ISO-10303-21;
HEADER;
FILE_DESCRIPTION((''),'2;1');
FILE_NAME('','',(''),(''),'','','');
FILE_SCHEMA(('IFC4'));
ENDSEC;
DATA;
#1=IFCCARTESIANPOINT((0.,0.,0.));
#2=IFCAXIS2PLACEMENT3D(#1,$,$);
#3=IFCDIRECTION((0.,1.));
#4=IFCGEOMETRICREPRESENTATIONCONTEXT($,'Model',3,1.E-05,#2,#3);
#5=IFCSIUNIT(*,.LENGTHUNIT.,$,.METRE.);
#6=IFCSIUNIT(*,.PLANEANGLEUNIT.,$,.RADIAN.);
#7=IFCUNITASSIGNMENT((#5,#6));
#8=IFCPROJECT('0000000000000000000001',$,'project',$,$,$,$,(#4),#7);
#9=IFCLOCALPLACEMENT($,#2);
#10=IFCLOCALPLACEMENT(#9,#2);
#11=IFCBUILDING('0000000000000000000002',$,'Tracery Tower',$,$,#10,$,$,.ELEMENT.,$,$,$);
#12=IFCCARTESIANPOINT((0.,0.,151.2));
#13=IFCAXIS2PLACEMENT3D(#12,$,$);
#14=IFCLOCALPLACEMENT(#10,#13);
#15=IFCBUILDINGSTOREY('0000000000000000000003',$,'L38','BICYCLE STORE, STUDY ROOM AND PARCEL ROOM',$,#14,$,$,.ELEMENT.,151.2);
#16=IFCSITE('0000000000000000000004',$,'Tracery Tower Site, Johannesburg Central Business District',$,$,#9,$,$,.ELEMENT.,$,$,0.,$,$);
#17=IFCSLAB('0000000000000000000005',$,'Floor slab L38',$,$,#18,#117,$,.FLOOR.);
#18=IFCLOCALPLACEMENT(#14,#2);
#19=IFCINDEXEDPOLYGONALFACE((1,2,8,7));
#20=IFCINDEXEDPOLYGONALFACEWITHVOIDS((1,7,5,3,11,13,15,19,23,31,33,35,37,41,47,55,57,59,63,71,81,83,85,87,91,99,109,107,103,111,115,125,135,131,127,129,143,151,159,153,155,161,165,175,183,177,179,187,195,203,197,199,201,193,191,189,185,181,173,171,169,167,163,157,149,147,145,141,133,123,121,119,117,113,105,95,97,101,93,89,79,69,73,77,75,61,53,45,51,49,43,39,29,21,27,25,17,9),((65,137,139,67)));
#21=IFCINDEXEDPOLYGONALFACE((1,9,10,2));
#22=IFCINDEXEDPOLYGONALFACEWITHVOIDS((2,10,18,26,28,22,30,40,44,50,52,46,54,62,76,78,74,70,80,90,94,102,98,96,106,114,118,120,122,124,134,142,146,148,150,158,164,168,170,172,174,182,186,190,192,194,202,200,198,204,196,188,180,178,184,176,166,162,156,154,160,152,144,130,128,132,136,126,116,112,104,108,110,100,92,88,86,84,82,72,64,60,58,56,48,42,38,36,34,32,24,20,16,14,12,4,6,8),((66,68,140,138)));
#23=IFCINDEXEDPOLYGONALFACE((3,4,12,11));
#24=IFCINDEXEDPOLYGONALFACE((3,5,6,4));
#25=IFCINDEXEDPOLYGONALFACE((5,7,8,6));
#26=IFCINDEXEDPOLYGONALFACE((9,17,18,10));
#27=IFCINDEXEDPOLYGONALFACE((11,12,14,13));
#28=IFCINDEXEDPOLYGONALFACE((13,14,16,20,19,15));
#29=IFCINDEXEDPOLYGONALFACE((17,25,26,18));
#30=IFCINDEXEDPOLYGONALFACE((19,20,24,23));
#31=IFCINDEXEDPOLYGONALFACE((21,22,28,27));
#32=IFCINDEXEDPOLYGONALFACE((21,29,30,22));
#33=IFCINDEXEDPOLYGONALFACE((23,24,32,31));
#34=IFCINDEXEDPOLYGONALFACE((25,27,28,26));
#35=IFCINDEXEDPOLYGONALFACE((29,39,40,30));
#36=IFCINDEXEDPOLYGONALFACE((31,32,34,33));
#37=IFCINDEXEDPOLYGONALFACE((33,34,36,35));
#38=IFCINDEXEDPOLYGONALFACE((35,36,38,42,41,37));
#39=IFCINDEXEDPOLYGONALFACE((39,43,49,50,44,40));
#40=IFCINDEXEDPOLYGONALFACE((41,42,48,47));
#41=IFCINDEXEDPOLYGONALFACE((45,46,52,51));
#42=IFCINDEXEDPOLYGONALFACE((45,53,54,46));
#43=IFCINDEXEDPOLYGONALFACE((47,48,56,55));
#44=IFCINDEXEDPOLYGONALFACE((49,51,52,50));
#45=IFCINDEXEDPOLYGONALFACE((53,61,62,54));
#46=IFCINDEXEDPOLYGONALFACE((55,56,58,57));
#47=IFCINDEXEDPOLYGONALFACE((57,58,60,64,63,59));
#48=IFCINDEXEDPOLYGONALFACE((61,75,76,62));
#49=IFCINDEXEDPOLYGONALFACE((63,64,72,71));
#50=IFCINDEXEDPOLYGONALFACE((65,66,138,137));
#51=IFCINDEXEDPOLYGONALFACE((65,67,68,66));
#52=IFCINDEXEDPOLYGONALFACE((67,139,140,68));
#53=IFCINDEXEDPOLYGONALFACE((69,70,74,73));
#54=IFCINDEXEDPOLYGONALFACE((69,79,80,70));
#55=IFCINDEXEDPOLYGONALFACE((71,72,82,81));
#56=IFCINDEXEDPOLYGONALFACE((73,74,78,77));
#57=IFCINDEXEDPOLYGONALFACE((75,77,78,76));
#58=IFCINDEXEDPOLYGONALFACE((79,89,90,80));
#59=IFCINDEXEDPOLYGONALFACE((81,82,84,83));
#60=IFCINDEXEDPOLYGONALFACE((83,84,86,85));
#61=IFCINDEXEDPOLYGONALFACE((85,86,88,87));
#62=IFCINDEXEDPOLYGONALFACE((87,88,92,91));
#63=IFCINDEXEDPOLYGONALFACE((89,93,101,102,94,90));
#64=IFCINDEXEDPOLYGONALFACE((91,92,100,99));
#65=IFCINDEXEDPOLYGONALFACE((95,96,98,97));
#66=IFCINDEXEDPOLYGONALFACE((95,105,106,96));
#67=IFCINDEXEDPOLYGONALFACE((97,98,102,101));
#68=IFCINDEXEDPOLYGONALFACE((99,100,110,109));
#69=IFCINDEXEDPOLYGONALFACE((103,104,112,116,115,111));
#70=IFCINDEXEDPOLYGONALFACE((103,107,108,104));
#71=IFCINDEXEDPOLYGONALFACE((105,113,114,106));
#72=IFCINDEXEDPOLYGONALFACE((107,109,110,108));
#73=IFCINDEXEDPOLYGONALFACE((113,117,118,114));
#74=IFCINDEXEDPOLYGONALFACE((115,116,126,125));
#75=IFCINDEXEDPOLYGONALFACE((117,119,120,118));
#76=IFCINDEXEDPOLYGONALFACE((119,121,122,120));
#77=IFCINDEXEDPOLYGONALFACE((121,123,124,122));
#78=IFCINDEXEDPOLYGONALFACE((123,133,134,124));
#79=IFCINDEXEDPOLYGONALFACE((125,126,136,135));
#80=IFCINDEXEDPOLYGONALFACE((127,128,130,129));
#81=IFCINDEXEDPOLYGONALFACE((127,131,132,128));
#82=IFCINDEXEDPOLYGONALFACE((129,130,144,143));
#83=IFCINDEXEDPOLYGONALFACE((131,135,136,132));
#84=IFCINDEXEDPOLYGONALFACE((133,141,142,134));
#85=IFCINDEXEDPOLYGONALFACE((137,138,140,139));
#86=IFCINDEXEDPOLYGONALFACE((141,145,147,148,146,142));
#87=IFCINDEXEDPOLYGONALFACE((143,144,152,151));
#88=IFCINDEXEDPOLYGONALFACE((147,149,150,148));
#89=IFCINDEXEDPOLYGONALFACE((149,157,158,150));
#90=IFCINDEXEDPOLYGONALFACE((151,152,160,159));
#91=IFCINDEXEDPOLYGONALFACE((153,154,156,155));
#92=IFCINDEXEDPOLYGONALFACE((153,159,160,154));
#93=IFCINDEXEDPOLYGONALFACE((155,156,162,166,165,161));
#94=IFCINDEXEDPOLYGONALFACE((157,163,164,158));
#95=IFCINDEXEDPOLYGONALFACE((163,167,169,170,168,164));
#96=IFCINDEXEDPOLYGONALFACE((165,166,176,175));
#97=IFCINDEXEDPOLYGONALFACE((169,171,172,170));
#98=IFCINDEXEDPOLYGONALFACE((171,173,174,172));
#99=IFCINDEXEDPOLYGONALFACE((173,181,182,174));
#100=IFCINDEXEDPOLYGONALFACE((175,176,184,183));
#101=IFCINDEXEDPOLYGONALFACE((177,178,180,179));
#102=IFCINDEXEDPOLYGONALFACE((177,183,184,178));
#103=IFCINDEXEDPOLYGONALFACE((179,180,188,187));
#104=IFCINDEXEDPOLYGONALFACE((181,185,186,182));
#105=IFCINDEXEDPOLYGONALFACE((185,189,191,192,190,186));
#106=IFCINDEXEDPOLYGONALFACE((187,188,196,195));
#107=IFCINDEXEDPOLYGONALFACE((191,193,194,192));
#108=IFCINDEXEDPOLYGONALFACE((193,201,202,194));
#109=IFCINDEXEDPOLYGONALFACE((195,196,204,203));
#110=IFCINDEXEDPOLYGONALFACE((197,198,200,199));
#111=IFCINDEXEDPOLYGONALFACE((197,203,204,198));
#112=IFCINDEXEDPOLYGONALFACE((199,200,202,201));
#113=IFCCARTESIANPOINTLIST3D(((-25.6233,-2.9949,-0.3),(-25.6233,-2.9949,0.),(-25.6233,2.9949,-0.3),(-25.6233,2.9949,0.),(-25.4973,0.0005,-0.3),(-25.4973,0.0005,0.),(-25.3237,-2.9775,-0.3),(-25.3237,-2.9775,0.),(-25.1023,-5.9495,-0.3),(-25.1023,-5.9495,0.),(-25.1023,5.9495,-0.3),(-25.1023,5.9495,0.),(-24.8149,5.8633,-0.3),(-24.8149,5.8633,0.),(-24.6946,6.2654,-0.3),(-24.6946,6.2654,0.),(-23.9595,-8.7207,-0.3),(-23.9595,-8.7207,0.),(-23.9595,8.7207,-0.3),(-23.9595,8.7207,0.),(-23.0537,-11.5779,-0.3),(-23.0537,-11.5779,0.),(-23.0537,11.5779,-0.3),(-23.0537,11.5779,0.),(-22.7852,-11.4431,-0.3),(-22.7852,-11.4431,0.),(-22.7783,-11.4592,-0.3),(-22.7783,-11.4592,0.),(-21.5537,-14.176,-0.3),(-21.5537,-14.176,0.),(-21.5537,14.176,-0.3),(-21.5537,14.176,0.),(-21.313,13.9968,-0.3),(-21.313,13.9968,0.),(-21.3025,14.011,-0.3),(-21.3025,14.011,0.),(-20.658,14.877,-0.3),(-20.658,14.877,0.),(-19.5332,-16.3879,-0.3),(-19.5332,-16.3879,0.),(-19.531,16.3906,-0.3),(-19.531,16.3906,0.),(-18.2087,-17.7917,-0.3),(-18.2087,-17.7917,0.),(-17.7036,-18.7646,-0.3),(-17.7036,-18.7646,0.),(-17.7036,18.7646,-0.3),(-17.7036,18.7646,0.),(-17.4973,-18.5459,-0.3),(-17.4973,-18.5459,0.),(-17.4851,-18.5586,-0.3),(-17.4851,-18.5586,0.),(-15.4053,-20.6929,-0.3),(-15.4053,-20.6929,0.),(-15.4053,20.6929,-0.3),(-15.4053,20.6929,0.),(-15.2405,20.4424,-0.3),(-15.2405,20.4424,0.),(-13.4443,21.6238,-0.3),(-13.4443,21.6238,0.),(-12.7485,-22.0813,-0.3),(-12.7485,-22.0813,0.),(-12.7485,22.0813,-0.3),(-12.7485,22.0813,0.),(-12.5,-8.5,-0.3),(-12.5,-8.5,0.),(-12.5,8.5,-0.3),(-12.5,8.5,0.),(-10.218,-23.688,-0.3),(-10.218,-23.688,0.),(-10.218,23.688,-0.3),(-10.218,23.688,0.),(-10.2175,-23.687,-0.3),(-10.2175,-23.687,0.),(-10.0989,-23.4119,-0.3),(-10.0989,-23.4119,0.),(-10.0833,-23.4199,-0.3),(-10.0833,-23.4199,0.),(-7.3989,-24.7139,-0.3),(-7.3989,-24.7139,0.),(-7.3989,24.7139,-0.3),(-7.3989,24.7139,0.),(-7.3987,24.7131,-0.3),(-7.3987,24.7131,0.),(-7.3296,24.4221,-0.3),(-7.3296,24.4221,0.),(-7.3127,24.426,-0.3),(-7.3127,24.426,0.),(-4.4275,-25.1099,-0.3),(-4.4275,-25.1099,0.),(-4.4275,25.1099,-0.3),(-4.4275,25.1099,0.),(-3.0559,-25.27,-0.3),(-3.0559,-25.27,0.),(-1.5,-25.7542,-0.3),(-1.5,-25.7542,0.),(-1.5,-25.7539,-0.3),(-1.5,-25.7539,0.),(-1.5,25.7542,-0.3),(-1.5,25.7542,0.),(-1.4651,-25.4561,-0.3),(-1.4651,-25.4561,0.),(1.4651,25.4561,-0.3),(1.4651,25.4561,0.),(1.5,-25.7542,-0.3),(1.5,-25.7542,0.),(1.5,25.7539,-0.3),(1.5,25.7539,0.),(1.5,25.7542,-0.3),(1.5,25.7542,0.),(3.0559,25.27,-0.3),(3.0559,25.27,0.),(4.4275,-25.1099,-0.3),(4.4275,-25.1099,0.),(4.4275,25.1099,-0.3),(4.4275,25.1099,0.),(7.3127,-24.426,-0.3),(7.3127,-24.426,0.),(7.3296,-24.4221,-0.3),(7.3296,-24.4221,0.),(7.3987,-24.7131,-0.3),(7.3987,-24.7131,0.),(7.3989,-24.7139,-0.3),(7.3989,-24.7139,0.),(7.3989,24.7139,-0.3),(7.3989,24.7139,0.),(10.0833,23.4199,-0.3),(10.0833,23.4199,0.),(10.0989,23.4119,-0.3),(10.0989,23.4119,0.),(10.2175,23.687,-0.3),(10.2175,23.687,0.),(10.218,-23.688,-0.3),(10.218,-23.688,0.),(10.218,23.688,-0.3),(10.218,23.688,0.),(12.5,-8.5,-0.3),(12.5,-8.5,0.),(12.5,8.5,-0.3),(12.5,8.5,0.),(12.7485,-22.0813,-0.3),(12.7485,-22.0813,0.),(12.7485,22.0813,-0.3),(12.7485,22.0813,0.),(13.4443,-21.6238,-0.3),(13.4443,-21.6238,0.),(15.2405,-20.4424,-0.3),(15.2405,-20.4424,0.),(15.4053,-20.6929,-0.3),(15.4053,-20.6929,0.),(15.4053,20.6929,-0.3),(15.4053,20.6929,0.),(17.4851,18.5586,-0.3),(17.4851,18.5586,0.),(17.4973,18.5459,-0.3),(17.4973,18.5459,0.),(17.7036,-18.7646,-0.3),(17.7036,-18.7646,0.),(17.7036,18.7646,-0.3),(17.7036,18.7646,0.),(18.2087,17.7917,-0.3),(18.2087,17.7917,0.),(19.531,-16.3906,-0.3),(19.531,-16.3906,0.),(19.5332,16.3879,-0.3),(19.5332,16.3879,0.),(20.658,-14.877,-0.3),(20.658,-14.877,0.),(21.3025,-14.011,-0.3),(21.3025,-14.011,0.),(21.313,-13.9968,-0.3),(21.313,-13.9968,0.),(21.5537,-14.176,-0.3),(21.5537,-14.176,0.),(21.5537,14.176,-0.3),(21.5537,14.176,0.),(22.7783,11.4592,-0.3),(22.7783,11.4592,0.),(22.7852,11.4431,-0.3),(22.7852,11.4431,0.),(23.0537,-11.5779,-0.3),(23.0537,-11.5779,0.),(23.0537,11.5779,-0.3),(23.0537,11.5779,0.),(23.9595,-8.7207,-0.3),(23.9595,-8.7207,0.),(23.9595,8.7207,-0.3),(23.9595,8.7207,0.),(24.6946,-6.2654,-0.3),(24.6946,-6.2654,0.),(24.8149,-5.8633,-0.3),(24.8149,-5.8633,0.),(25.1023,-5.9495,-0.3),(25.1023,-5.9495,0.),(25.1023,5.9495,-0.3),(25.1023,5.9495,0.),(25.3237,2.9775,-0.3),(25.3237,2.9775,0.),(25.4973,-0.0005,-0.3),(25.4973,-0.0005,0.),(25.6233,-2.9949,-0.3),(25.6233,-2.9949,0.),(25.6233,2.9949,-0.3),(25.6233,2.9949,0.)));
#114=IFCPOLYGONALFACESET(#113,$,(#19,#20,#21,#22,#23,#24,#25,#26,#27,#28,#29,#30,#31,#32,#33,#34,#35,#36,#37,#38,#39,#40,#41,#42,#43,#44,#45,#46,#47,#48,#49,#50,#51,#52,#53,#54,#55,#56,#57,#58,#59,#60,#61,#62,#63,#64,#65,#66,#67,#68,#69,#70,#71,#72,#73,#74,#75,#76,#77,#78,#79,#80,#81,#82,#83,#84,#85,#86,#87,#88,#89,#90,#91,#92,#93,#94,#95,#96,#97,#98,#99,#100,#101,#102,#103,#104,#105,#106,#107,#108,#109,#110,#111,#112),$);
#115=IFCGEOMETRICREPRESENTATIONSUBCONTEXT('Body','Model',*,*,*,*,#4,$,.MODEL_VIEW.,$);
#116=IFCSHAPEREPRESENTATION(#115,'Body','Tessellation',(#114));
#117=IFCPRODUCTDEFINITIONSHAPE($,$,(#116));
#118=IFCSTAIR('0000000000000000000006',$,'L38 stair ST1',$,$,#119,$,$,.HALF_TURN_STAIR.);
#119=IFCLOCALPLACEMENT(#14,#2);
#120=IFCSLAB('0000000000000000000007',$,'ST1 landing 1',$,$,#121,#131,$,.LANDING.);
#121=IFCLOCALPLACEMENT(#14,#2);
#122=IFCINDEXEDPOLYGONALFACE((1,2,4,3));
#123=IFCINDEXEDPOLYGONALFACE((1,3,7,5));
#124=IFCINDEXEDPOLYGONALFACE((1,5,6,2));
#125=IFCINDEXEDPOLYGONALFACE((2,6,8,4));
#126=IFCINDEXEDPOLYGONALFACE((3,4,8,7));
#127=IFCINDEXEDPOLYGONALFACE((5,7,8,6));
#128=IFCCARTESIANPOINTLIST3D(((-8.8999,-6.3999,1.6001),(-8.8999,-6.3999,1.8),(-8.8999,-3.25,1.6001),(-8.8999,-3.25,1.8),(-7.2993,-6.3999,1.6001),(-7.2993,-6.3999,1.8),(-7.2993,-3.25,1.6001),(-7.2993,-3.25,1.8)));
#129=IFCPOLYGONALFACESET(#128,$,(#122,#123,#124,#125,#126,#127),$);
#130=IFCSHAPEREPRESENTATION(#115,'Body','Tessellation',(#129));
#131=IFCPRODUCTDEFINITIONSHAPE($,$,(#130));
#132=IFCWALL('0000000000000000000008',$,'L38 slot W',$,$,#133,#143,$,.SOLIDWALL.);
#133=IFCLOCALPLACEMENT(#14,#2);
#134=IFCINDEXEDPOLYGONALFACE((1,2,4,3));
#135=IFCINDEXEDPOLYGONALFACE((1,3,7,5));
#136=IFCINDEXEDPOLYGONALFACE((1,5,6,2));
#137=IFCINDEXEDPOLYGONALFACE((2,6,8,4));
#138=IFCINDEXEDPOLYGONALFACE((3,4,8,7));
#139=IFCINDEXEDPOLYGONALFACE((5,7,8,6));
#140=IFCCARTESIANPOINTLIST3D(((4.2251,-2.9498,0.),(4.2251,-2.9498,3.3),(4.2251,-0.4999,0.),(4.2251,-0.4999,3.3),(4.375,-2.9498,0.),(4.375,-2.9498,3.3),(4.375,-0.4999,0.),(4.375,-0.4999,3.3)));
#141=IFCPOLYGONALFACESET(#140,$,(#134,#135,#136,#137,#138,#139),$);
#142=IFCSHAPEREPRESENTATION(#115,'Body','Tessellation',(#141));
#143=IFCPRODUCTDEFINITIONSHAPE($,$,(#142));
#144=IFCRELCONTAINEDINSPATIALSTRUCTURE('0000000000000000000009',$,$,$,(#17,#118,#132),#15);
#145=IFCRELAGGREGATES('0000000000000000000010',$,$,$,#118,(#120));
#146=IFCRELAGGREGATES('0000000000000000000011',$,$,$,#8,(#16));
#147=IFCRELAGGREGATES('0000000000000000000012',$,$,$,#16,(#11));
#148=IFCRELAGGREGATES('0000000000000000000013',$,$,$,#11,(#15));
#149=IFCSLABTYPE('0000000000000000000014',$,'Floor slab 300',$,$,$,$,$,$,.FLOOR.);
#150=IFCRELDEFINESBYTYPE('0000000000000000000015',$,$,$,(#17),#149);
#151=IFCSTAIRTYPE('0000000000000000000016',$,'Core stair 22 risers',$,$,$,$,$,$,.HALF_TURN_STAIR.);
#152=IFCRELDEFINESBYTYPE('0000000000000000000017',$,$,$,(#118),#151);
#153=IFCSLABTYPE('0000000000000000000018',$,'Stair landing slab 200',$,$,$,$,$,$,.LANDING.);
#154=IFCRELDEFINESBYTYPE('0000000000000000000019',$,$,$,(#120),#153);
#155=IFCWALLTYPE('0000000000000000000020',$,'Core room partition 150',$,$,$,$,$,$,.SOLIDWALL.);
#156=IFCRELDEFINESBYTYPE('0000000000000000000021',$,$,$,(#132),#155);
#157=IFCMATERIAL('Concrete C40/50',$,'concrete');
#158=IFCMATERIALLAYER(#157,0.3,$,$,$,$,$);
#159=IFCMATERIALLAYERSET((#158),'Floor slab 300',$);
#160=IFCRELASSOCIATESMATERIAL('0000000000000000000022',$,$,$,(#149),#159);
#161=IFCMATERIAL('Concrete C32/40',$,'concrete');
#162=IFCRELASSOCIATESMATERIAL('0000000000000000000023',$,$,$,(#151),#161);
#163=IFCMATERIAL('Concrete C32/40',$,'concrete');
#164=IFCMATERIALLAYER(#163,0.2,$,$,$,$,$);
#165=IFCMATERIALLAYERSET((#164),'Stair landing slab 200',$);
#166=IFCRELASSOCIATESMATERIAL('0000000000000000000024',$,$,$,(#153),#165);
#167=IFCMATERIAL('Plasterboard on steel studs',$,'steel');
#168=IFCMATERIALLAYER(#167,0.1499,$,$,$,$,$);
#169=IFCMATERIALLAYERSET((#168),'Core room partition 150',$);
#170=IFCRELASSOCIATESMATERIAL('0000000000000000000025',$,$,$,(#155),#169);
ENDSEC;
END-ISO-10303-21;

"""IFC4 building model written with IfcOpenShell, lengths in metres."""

from ifc_helpers import new_model, si_unit, direction, frame, frame_2d, origin, place, context, subcontext, project, spatial, polyline, rectangle, outline, extrude, material, layer, layer_set, type_object, element, aggregate, save


model = new_model("IFC4")

# Units and contexts
model_context = context("Model", 3, precision=1e-05, world=origin(), true_north=direction((0.0, 1.0)))
body_context = subcontext(model_context, "Body", "Model", "MODEL_VIEW")
ifc_project = project(units=[si_unit("LENGTHUNIT", "METRE"), si_unit("PLANEANGLEUNIT", "RADIAN")], contexts=[model_context])

# Site, building, storey
site_placement = place(None, origin())
site = spatial("IfcSite", under=ifc_project, at=site_placement, Name="Tracery Tower Site, Johannesburg Central Business District", CompositionType="ELEMENT", RefElevation=0.0)
building_placement = place(site_placement, origin())
building = spatial("IfcBuilding", under=site, at=building_placement, Name="Tracery Tower", CompositionType="ELEMENT")
storey_placement = place(building_placement, frame((0.0, 0.0, 151.2)))
storey = spatial("IfcBuildingStorey", under=building, at=storey_placement, Name="L38", Description="BICYCLE STORE, STUDY ROOM AND PARCEL ROOM", CompositionType="ELEMENT", Elevation=151.2)

# Slab
ifc_material_1 = material(Name="Concrete C40/50", Category="concrete")
ifc_layer_1 = layer(ifc_material_1, 0.3)
ifc_layer_set_1 = layer_set([ifc_layer_1], Name="Floor slab 300")
slab_type_1 = type_object("IfcSlabType", Name="Floor slab 300", PredefinedType="FLOOR", material=ifc_layer_set_1)
slab_1_placement = place(storey_placement, frame((0.0, 0.0, -0.3)))
element("IfcSlab", 1, at=slab_1_placement, inside=storey, type_object=slab_type_1, Name="Floor slab L38", PredefinedType="FLOOR", context=body_context, shape_type="SweptSolid", body=[
    extrude(outline(polyline([(22.7852, 11.4431), (22.7783, 11.4592), (23.0537, 11.5779), (21.5537, 14.176), (19.5332, 16.3879), (18.2087, 17.7917), (17.4973, 18.5459), (17.4973, 18.5459), (17.4851, 18.5586), (17.7036, 18.7646), (15.4053, 20.6929), (12.7485, 22.0813), (10.0989, 23.4119), (10.0989, 23.4119), (10.0833, 23.4199), (10.2175, 23.687), (10.218, 23.688), (7.3989, 24.7139), (4.4275, 25.1099), (3.0559, 25.27), (1.4651, 25.4561), (1.5, 25.7539), (1.5, 25.7542), (-1.5, 25.7542), (-4.4275, 25.1099), (-7.3127, 24.426), (-7.3127, 24.426), (-7.3296, 24.4221), (-7.3987, 24.7131), (-7.3989, 24.7139), (-10.218, 23.688), (-12.7485, 22.0813), (-13.4443, 21.6238), (-15.2405, 20.4424), (-15.4053, 20.6929), (-15.4053, 20.6929), (-17.7036, 18.7646), (-19.531, 16.3906), (-20.658, 14.877), (-21.3025, 14.011), (-21.3025, 14.011), (-21.313, 13.9968), (-21.5537, 14.176), (-23.0537, 11.5779), (-23.9595, 8.7207), (-24.6946, 6.2654), (-24.8149, 5.8633), (-25.1023, 5.9495), (-25.6233, 2.9949), (-25.4973, 0.0005), (-25.3237, -2.9775), (-25.6233, -2.9949), (-25.1023, -5.9495), (-23.9595, -8.7207), (-22.7852, -11.4431), (-22.7852, -11.4431), (-22.7783, -11.4592), (-23.0537, -11.5779), (-21.5537, -14.176), (-19.5332, -16.3879), (-18.2087, -17.7917), (-17.4973, -18.5459), (-17.4973, -18.5459), (-17.4851, -18.5586), (-17.7036, -18.7646), (-15.4053, -20.6929), (-12.7485, -22.0813), (-10.0989, -23.4119), (-10.0989, -23.4119), (-10.0833, -23.4199), (-10.2175, -23.687), (-10.218, -23.688), (-7.3989, -24.7139), (-4.4275, -25.1099), (-3.0559, -25.27), (-1.4651, -25.4561), (-1.5, -25.7539), (-1.5, -25.7542), (1.5, -25.7542), (4.4275, -25.1099), (7.3127, -24.426), (7.3127, -24.426), (7.3296, -24.4221), (7.3987, -24.7131), (7.3989, -24.7139), (10.218, -23.688), (12.7485, -22.0813), (13.4443, -21.6238), (15.2405, -20.4424), (15.4053, -20.6929), (15.4053, -20.6929), (17.7036, -18.7646), (19.531, -16.3906), (20.658, -14.877), (21.3025, -14.011), (21.3025, -14.011), (21.313, -13.9968), (21.5537, -14.176), (23.0537, -11.5779), (23.9595, -8.7207), (24.6946, -6.2654), (24.8149, -5.8633), (25.1023, -5.9495), (25.6233, -2.9949), (25.4973, -0.0005), (25.3237, 2.9775), (25.6233, 2.9949), (25.1023, 5.9495), (23.9595, 8.7207), (22.7852, 11.4431), (22.7852, 11.4431)]), holes=[polyline([(-12.5, -8.5), (12.5, -8.5), (12.5, 8.5), (-12.5, 8.5), (-12.5, -8.5)])]), origin(), (0.0, 0.0, 1.0), 0.3),
])

# Stair, slab
ifc_material_2 = material(Name="Concrete C32/40", Category="concrete")
stair_type = type_object("IfcStairType", Name="Core stair 22 risers", PredefinedType="HALF_TURN_STAIR", material=ifc_material_2)
stair_1_placement = place(storey_placement, origin())
stair_1 = element("IfcStair", 2, at=stair_1_placement, inside=storey, type_object=stair_type, Name="L38 stair ST1", PredefinedType="HALF_TURN_STAIR")
ifc_material_3 = material(Name="Concrete C32/40", Category="concrete")
ifc_layer_2 = layer(ifc_material_3, 0.2)
ifc_layer_set_2 = layer_set([ifc_layer_2], Name="Stair landing slab 200")
slab_type_2 = type_object("IfcSlabType", Name="Stair landing slab 200", PredefinedType="LANDING", material=ifc_layer_set_2)
slab_2_placement = place(storey_placement, frame((0.0, 0.0, 1.6001)))
slab_2 = element("IfcSlab", 3, at=slab_2_placement, type_object=slab_type_2, Name="ST1 landing 1", PredefinedType="LANDING", context=body_context, shape_type="SweptSolid", body=[
    extrude(outline(polyline([(-7.2993, -3.25), (-8.8999, -3.25), (-8.8999, -6.3999), (-7.2993, -6.3999), (-7.2993, -3.25)])), origin(), (0.0, 0.0, 1.0), 0.2),
])
aggregate(stair_1, [slab_2])

# Wall
ifc_material_4 = material(Name="Plasterboard on steel studs", Category="steel")
ifc_layer_3 = layer(ifc_material_4, 0.1499)
ifc_layer_set_3 = layer_set([ifc_layer_3], Name="Core room partition 150")
wall_type_1 = type_object("IfcWallType", Name="Core room partition 150", PredefinedType="SOLIDWALL", material=ifc_layer_set_3)
wall_1_placement = place(storey_placement, frame((4.3, -2.95, 0.0), z_axis=(0.0, 0.0, 1.0), x_axis=(0.0, 1.0, 0.0)))
element("IfcWall", 4, at=wall_1_placement, inside=storey, type_object=wall_type_1, Name="L38 slot W", PredefinedType="SOLIDWALL", context=body_context, shape_type="SweptSolid", body=[
    extrude(rectangle(XDim=2.45, YDim=0.1499, at=frame_2d((1.2251, 0.0))), origin(), (0.0, 0.0, 1.0), 3.3),
])

save(model, "model.ifc")
